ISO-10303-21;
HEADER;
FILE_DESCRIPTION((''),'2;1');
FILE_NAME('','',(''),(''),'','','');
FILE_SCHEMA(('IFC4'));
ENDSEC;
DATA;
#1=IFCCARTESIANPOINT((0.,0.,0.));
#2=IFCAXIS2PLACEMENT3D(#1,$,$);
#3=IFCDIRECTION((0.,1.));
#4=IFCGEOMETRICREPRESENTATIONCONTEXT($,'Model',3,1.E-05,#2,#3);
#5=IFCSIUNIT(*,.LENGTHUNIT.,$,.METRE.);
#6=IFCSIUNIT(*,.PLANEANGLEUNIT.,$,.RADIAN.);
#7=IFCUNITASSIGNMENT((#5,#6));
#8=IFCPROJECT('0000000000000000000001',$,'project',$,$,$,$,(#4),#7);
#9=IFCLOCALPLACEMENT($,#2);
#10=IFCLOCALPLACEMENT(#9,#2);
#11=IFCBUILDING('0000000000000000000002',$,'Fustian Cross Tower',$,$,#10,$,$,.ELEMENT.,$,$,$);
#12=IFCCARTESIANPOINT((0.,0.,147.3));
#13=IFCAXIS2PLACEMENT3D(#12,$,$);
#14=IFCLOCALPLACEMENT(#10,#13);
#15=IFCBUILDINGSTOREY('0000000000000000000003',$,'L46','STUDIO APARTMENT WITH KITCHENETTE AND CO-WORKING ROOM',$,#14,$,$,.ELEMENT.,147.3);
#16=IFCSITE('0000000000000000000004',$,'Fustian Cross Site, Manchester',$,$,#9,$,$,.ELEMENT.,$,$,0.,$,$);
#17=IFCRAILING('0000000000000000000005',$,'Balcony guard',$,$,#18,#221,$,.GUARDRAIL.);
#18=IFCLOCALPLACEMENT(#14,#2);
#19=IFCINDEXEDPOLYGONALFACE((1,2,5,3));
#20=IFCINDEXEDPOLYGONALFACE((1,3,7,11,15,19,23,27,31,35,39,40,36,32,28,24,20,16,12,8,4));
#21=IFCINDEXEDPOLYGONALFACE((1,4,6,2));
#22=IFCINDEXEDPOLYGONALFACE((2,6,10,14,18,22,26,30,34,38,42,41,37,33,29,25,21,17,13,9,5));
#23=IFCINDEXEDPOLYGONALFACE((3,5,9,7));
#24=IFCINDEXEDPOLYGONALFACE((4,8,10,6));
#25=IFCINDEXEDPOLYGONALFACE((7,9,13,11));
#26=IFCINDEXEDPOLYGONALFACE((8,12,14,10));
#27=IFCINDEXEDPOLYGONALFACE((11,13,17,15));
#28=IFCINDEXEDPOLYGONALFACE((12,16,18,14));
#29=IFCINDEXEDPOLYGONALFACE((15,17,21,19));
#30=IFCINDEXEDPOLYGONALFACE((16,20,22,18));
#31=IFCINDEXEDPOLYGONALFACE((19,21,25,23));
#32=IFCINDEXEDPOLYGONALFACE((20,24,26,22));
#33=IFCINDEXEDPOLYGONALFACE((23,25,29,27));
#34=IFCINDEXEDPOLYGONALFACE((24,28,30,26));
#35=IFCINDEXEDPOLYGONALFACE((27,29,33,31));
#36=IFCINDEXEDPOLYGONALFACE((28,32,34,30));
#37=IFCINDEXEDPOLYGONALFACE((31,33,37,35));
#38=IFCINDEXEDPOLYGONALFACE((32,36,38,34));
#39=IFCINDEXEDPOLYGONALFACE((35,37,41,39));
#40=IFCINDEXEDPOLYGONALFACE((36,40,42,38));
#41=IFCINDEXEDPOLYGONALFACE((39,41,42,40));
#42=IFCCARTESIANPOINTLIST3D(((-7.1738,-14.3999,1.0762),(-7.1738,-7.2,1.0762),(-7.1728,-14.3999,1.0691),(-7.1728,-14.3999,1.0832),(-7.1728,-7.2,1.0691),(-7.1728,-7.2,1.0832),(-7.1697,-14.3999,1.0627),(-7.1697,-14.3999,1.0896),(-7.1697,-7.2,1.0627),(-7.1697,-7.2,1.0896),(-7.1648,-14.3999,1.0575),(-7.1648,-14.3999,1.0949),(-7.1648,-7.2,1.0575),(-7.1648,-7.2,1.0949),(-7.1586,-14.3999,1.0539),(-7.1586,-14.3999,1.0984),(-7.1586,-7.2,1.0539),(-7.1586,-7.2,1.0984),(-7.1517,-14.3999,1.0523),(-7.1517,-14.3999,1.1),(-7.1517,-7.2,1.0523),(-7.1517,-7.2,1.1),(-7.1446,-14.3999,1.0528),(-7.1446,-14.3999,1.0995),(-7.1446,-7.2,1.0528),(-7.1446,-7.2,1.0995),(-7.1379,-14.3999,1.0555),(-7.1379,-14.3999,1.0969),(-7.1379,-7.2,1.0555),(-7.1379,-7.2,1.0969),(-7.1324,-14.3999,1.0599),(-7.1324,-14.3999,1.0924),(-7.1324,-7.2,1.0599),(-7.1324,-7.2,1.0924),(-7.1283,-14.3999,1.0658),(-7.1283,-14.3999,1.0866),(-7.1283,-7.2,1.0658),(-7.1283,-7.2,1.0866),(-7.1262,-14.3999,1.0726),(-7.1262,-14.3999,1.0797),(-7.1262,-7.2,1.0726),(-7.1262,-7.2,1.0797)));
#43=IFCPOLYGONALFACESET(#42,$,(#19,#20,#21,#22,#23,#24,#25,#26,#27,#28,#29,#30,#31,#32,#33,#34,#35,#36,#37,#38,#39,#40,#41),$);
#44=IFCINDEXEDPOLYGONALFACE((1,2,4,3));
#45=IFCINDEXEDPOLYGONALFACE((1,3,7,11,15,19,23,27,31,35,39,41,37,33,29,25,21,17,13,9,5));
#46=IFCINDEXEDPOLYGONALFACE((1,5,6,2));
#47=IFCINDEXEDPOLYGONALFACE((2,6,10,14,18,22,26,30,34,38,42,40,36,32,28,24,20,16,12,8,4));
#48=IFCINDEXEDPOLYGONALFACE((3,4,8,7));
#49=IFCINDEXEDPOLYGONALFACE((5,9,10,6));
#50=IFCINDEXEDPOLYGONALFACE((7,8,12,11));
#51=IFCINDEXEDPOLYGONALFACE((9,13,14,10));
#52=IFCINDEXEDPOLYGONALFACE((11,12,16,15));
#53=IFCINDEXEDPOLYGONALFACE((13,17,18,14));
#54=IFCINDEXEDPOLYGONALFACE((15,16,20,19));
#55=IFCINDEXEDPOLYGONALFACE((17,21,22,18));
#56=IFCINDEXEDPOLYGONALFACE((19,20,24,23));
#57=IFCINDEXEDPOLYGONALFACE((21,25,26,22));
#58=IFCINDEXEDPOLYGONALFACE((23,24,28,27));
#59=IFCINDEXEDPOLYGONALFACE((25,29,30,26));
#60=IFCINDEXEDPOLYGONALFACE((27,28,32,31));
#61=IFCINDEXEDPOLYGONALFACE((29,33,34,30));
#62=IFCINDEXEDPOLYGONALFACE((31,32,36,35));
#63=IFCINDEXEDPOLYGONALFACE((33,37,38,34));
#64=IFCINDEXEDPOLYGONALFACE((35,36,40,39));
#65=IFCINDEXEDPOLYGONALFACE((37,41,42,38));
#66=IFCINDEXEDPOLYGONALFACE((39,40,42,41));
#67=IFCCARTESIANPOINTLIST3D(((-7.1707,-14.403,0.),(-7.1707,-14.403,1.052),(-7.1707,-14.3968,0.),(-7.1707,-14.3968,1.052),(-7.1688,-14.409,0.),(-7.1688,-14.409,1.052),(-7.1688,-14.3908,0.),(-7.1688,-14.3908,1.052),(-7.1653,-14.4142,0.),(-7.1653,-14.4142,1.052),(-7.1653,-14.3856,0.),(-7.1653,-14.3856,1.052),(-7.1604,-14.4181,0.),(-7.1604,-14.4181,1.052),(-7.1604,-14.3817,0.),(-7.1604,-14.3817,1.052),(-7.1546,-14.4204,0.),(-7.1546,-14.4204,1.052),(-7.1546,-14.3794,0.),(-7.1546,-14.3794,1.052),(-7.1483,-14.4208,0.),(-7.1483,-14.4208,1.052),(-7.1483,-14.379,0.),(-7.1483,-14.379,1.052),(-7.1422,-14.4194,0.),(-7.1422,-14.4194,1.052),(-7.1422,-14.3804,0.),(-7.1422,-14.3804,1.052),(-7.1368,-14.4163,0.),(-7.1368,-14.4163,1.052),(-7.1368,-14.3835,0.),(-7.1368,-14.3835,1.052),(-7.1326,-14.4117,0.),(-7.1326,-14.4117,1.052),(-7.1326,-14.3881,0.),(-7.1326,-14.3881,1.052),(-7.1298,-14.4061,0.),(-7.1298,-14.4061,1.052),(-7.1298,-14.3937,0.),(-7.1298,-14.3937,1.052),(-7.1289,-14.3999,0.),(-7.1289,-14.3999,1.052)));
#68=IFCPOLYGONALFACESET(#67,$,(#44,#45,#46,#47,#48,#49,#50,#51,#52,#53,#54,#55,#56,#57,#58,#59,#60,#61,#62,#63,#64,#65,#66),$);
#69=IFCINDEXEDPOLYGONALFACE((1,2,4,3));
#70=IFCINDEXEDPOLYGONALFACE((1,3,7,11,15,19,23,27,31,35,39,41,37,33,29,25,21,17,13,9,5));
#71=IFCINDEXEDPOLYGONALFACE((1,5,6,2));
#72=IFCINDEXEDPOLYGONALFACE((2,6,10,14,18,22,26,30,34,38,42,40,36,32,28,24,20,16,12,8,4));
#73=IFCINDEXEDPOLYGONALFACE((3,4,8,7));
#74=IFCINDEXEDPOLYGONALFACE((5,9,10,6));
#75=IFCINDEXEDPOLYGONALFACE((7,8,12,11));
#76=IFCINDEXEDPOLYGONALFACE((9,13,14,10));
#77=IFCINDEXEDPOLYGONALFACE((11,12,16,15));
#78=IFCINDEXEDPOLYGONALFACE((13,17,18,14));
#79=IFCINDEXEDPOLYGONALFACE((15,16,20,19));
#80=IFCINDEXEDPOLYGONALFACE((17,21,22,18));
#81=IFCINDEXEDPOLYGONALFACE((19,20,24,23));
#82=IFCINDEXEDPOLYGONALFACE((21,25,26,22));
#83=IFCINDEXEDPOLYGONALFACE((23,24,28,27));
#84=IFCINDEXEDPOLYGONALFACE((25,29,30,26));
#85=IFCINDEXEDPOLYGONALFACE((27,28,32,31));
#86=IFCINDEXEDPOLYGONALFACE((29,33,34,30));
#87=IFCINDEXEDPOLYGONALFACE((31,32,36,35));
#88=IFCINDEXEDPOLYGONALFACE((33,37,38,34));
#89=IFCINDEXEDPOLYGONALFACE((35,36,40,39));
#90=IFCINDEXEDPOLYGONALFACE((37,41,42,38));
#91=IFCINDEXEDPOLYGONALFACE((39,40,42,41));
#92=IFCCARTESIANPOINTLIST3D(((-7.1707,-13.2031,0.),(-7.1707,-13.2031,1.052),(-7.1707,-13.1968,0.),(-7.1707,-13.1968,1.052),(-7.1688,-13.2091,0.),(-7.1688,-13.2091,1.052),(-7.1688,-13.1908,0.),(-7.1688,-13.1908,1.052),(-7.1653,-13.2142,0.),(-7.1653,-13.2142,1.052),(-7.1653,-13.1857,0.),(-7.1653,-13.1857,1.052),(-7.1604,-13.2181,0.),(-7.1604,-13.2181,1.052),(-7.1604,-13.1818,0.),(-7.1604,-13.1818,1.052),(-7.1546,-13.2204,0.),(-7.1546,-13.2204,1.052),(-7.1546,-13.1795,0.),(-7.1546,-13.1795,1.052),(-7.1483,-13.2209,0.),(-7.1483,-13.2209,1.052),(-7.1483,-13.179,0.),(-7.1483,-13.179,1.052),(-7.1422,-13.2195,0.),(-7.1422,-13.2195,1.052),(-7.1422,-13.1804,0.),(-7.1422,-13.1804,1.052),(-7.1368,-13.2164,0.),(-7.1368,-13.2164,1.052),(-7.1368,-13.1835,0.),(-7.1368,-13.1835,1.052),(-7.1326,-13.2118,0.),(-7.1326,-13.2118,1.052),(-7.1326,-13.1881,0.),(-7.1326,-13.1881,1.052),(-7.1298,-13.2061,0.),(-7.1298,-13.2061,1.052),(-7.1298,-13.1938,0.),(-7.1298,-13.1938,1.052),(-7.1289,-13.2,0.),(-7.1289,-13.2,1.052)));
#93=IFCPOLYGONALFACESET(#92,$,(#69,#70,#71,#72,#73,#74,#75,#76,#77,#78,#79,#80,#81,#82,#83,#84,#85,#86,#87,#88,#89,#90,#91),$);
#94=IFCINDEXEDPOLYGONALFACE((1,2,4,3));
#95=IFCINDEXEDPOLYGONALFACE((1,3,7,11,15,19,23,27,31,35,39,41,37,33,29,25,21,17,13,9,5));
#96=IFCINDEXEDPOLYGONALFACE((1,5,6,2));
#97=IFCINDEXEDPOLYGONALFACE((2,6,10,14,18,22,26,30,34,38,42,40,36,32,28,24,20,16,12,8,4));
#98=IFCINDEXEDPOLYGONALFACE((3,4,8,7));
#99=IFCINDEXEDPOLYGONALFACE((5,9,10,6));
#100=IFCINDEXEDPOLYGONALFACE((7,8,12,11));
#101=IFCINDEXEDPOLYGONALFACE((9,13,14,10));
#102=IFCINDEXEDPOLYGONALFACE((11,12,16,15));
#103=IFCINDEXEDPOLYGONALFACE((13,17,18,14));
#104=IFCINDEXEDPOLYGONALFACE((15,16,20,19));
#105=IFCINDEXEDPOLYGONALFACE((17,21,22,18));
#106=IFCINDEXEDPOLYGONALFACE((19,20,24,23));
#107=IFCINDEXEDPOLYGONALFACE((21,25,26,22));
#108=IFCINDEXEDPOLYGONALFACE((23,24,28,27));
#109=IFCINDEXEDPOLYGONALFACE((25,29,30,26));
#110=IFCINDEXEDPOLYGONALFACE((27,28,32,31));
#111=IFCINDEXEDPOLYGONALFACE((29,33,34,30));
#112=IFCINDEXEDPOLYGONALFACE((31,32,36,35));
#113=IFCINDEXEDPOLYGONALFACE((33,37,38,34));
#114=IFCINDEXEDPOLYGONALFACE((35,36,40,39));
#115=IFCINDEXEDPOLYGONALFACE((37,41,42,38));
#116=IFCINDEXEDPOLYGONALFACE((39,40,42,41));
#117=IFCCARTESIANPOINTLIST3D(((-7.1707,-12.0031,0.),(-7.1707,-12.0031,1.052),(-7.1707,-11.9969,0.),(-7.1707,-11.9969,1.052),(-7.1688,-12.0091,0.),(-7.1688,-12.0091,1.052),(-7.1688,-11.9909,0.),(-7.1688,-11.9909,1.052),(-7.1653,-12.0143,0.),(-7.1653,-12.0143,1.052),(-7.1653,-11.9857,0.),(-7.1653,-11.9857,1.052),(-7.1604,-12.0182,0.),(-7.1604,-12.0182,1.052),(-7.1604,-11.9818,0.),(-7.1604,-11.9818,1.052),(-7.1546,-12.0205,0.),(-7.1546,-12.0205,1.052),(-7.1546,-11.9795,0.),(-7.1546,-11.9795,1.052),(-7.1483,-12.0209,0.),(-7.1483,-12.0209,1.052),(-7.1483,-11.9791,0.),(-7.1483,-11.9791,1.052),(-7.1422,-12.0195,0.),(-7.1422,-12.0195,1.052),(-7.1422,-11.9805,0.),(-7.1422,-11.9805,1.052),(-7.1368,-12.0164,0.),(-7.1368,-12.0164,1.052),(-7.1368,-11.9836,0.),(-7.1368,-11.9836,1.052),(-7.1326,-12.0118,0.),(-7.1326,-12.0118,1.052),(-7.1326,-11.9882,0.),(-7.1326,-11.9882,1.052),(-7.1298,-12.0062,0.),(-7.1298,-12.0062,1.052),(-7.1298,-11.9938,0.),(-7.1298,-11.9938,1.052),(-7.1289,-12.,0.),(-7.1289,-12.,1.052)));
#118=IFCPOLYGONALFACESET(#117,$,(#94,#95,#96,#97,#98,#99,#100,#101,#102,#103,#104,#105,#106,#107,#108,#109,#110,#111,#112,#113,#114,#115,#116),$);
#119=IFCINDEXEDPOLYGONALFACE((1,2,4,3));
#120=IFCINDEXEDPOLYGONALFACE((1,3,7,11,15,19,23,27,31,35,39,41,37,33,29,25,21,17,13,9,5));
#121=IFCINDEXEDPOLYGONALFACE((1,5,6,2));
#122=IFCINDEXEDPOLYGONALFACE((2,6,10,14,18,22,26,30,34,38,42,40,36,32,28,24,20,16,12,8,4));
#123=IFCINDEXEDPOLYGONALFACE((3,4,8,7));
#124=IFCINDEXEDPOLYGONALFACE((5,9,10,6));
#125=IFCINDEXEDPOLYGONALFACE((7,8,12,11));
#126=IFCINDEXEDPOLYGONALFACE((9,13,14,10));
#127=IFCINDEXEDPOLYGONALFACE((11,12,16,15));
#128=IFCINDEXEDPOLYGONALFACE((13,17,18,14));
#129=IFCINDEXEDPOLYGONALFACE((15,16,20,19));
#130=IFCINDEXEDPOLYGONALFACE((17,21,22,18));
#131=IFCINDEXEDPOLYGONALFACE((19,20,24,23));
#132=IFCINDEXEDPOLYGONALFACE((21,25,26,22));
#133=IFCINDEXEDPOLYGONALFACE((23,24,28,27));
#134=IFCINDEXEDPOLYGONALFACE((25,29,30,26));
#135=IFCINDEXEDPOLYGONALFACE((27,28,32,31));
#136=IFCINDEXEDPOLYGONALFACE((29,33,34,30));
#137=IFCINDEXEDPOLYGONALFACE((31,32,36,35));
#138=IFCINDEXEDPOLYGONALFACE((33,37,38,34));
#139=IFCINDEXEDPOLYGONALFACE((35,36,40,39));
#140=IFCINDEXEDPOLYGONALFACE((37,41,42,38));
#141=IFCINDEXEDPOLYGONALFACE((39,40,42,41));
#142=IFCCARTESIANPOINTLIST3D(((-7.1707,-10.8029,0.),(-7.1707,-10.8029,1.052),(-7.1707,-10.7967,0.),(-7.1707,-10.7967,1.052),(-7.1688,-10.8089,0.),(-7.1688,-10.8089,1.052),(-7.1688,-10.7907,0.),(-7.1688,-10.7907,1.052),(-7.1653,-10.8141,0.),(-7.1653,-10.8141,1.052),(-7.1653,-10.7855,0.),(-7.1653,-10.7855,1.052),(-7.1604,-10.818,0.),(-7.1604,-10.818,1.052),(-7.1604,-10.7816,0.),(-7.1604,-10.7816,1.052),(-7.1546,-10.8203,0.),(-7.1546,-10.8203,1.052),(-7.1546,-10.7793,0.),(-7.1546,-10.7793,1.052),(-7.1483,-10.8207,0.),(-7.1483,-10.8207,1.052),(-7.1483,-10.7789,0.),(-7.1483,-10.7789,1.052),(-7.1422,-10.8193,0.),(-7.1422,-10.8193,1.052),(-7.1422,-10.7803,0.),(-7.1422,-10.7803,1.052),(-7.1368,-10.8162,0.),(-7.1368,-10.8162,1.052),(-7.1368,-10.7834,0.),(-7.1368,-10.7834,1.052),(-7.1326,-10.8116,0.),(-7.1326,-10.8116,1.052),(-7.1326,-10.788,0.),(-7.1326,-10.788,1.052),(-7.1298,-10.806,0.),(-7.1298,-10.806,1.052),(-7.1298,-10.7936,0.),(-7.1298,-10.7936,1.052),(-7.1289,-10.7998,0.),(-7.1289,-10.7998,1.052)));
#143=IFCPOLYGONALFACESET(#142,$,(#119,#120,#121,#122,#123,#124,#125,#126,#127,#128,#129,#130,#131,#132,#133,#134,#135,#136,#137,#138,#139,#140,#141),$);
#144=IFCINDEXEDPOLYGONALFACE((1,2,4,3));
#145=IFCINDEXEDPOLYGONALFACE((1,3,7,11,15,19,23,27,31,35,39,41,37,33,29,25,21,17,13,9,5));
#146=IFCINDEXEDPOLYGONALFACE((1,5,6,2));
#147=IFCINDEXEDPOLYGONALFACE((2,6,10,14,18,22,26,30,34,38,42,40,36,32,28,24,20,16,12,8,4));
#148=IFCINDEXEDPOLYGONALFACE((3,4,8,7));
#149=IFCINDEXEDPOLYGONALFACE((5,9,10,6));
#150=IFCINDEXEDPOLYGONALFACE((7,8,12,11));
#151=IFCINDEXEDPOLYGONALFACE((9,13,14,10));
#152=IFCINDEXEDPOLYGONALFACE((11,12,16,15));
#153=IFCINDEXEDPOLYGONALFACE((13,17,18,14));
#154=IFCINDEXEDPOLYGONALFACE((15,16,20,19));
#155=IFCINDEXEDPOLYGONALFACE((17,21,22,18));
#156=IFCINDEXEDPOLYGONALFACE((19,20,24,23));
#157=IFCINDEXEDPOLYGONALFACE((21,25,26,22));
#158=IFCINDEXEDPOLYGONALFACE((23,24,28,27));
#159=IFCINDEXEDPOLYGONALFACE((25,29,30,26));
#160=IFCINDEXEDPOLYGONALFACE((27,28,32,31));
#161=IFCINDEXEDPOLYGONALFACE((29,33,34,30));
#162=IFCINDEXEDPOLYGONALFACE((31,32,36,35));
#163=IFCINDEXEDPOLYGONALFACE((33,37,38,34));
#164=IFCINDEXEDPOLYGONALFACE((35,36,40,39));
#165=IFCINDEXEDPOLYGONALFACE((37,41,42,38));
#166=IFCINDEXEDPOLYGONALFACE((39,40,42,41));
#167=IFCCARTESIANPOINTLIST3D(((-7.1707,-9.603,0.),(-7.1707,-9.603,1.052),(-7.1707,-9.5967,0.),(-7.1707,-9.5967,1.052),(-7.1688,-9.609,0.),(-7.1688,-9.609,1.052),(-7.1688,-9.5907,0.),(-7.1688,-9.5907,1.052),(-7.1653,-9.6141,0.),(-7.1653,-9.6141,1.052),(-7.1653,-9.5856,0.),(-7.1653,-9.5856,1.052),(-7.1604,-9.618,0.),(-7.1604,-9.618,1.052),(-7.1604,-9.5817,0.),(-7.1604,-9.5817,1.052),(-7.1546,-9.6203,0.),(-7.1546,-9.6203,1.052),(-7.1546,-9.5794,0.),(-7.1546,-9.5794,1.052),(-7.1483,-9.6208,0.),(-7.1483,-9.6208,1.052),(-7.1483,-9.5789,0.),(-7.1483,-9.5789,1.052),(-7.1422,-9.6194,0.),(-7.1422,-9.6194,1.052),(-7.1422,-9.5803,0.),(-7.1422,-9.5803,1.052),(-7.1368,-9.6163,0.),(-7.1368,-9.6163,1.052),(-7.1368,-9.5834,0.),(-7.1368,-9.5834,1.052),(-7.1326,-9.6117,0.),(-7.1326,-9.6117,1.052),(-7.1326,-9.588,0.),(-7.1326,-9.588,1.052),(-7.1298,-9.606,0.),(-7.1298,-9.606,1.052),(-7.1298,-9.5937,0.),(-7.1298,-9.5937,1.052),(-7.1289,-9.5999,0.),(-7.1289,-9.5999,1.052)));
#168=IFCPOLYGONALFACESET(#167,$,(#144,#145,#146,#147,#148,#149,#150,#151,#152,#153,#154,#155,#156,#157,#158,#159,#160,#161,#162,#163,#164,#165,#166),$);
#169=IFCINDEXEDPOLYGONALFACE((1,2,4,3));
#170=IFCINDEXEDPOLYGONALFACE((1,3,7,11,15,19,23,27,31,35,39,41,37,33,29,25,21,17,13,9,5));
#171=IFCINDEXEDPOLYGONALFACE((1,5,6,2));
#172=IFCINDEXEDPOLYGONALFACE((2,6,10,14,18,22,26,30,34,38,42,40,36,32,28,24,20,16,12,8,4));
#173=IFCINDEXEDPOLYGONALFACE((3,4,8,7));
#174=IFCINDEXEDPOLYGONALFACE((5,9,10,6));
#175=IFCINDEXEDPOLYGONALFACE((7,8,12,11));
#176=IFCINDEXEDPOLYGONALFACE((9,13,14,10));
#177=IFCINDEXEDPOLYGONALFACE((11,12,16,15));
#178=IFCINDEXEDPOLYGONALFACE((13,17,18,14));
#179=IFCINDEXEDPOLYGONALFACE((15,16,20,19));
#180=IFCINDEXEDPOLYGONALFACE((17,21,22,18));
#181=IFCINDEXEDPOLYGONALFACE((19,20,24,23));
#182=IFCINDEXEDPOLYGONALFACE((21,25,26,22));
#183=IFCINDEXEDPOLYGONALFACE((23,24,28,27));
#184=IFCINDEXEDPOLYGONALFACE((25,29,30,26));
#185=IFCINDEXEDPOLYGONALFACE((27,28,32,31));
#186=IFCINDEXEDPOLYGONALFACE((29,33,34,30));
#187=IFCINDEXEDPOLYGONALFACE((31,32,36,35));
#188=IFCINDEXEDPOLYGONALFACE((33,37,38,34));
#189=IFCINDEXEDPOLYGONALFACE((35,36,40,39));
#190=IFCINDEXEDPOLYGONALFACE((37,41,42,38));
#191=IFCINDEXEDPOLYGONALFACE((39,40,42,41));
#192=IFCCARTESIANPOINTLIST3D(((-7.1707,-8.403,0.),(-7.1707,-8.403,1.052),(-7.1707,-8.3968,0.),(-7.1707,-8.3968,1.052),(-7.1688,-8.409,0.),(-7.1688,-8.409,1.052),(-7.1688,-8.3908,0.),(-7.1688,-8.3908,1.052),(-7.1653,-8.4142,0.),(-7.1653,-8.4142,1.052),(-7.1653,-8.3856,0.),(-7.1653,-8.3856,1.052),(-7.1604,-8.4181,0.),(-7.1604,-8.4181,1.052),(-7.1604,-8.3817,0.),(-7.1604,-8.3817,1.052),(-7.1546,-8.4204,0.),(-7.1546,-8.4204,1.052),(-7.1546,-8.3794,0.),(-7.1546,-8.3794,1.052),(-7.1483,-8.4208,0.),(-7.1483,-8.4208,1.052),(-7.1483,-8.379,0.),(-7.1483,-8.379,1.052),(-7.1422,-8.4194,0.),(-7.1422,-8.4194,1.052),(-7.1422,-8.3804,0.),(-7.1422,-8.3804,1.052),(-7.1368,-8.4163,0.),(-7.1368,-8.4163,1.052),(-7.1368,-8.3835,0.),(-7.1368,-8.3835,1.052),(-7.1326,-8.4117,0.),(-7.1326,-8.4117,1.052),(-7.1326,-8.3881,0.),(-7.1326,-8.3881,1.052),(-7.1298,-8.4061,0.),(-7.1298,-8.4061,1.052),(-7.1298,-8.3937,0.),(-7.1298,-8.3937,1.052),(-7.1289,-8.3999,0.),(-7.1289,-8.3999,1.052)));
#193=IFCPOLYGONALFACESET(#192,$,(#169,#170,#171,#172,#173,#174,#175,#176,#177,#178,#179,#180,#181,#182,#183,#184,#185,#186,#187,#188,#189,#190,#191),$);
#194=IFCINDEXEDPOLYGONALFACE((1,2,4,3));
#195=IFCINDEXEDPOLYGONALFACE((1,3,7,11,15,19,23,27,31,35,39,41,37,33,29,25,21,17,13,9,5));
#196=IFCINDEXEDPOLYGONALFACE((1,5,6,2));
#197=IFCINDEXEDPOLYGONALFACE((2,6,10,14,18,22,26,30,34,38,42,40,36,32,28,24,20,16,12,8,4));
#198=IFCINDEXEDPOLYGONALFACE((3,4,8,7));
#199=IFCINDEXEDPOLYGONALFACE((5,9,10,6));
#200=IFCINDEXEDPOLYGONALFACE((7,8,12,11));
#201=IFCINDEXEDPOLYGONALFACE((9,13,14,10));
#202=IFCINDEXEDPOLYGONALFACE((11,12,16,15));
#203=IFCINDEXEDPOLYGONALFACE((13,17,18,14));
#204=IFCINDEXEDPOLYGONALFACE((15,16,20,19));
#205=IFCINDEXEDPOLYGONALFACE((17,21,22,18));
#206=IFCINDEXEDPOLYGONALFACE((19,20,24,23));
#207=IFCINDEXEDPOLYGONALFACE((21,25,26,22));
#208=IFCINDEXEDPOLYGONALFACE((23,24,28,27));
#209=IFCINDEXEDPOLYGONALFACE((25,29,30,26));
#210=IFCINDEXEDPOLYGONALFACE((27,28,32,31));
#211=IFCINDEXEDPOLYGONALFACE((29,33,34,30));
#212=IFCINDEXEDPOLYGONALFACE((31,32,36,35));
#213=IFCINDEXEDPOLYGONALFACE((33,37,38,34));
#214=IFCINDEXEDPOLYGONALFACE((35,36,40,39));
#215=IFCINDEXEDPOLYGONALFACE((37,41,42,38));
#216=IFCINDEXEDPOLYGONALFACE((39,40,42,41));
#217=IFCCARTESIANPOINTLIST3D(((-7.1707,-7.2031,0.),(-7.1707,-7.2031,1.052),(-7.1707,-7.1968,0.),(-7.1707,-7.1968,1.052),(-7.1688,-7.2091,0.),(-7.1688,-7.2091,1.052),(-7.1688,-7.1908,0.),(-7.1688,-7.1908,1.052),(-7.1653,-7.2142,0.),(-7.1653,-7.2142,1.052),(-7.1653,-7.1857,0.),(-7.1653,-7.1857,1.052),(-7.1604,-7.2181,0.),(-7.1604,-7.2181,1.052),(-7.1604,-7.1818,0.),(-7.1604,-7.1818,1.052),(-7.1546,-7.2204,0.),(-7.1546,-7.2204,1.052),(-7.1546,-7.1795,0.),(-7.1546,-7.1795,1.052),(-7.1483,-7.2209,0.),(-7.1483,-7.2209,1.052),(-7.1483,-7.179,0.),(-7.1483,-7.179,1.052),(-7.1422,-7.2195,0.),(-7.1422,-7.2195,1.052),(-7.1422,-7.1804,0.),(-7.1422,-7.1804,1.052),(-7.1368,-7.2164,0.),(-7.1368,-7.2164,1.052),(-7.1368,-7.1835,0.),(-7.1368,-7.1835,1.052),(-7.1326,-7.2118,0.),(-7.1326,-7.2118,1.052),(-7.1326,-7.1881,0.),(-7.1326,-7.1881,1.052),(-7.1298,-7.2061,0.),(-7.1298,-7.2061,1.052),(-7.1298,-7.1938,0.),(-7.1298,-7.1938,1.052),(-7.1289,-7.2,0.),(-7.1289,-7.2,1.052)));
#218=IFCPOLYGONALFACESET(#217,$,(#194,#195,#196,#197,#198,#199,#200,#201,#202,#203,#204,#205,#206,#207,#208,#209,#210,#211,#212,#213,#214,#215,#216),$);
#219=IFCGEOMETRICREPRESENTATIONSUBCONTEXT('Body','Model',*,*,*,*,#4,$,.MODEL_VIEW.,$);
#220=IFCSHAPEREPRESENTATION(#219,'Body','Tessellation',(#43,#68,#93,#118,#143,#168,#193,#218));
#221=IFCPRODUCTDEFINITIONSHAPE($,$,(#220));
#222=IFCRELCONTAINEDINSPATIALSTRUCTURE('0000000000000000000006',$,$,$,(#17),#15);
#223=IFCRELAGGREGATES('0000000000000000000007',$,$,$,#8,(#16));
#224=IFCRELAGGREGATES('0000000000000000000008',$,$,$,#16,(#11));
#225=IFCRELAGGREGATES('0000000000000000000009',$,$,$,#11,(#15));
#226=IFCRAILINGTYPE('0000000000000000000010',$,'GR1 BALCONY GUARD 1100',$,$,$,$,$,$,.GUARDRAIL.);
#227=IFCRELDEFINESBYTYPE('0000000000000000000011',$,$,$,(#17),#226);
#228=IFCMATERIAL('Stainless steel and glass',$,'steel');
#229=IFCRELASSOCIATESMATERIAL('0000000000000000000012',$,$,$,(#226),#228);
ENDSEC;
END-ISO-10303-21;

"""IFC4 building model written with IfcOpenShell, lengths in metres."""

from ifc_helpers import new_model, si_unit, direction, frame, origin, origin_2d, place, context, subcontext, project, spatial, circle, extrude, material, type_object, element, save


model = new_model("IFC4")

# Units and contexts
model_context = context("Model", 3, precision=1e-05, world=origin(), true_north=direction((0.0, 1.0)))
body_context = subcontext(model_context, "Body", "Model", "MODEL_VIEW")
ifc_project = project(units=[si_unit("LENGTHUNIT", "METRE"), si_unit("PLANEANGLEUNIT", "RADIAN")], contexts=[model_context])

# Site, building, storey
site_placement = place(None, origin())
site = spatial("IfcSite", under=ifc_project, at=site_placement, Name="Fustian Cross Site, Manchester", CompositionType="ELEMENT", RefElevation=0.0)
building_placement = place(site_placement, origin())
building = spatial("IfcBuilding", under=site, at=building_placement, Name="Fustian Cross Tower", CompositionType="ELEMENT")
storey_placement = place(building_placement, frame((0.0, 0.0, 147.3)))
storey = spatial("IfcBuildingStorey", under=building, at=storey_placement, Name="L46", Description="STUDIO APARTMENT WITH KITCHENETTE AND CO-WORKING ROOM", CompositionType="ELEMENT", Elevation=147.3)

# Railing
ifc_material_1 = material(Name="Stainless steel and glass", Category="steel")
railing_type = type_object("IfcRailingType", Name="GR1 BALCONY GUARD 1100", PredefinedType="GUARDRAIL", material=ifc_material_1)
railing_placement = place(storey_placement, frame((-7.1499, -14.3999, 0.0)))
element("IfcRailing", 1, at=railing_placement, inside=storey, type_object=railing_type, Name="Balcony guard", PredefinedType="GUARDRAIL", context=body_context, shape_type="SweptSolid", body=[
    extrude(circle(Radius=0.0239, at=origin_2d()), frame((0.0, 0.0, 1.0762), z_axis=(0.0, 1.0, 0.0), x_axis=(-1.0, 0.0, 0.0)), (0.0, 0.0, 1.0), 7.2),
    extrude(circle(Radius=0.021, at=origin_2d()), origin(), (0.0, 0.0, 1.0), 1.052),
    extrude(circle(Radius=0.021, at=origin_2d()), frame((0.0, 1.2, 0.0)), (0.0, 0.0, 1.0), 1.052),
    extrude(circle(Radius=0.021, at=origin_2d()), frame((0.0, 2.3999, 0.0)), (0.0, 0.0, 1.0), 1.052),
    extrude(circle(Radius=0.021, at=origin_2d()), frame((0.0, 3.6001, 0.0)), (0.0, 0.0, 1.0), 1.052),
    extrude(circle(Radius=0.021, at=origin_2d()), frame((0.0, 4.8, 0.0)), (0.0, 0.0, 1.0), 1.052),
    extrude(circle(Radius=0.021, at=origin_2d()), frame((0.0, 6.0, 0.0)), (0.0, 0.0, 1.0), 1.052),
    extrude(circle(Radius=0.021, at=origin_2d()), frame((0.0, 7.2, 0.0)), (0.0, 0.0, 1.0), 1.052),
])

save(model, "model.ifc")
